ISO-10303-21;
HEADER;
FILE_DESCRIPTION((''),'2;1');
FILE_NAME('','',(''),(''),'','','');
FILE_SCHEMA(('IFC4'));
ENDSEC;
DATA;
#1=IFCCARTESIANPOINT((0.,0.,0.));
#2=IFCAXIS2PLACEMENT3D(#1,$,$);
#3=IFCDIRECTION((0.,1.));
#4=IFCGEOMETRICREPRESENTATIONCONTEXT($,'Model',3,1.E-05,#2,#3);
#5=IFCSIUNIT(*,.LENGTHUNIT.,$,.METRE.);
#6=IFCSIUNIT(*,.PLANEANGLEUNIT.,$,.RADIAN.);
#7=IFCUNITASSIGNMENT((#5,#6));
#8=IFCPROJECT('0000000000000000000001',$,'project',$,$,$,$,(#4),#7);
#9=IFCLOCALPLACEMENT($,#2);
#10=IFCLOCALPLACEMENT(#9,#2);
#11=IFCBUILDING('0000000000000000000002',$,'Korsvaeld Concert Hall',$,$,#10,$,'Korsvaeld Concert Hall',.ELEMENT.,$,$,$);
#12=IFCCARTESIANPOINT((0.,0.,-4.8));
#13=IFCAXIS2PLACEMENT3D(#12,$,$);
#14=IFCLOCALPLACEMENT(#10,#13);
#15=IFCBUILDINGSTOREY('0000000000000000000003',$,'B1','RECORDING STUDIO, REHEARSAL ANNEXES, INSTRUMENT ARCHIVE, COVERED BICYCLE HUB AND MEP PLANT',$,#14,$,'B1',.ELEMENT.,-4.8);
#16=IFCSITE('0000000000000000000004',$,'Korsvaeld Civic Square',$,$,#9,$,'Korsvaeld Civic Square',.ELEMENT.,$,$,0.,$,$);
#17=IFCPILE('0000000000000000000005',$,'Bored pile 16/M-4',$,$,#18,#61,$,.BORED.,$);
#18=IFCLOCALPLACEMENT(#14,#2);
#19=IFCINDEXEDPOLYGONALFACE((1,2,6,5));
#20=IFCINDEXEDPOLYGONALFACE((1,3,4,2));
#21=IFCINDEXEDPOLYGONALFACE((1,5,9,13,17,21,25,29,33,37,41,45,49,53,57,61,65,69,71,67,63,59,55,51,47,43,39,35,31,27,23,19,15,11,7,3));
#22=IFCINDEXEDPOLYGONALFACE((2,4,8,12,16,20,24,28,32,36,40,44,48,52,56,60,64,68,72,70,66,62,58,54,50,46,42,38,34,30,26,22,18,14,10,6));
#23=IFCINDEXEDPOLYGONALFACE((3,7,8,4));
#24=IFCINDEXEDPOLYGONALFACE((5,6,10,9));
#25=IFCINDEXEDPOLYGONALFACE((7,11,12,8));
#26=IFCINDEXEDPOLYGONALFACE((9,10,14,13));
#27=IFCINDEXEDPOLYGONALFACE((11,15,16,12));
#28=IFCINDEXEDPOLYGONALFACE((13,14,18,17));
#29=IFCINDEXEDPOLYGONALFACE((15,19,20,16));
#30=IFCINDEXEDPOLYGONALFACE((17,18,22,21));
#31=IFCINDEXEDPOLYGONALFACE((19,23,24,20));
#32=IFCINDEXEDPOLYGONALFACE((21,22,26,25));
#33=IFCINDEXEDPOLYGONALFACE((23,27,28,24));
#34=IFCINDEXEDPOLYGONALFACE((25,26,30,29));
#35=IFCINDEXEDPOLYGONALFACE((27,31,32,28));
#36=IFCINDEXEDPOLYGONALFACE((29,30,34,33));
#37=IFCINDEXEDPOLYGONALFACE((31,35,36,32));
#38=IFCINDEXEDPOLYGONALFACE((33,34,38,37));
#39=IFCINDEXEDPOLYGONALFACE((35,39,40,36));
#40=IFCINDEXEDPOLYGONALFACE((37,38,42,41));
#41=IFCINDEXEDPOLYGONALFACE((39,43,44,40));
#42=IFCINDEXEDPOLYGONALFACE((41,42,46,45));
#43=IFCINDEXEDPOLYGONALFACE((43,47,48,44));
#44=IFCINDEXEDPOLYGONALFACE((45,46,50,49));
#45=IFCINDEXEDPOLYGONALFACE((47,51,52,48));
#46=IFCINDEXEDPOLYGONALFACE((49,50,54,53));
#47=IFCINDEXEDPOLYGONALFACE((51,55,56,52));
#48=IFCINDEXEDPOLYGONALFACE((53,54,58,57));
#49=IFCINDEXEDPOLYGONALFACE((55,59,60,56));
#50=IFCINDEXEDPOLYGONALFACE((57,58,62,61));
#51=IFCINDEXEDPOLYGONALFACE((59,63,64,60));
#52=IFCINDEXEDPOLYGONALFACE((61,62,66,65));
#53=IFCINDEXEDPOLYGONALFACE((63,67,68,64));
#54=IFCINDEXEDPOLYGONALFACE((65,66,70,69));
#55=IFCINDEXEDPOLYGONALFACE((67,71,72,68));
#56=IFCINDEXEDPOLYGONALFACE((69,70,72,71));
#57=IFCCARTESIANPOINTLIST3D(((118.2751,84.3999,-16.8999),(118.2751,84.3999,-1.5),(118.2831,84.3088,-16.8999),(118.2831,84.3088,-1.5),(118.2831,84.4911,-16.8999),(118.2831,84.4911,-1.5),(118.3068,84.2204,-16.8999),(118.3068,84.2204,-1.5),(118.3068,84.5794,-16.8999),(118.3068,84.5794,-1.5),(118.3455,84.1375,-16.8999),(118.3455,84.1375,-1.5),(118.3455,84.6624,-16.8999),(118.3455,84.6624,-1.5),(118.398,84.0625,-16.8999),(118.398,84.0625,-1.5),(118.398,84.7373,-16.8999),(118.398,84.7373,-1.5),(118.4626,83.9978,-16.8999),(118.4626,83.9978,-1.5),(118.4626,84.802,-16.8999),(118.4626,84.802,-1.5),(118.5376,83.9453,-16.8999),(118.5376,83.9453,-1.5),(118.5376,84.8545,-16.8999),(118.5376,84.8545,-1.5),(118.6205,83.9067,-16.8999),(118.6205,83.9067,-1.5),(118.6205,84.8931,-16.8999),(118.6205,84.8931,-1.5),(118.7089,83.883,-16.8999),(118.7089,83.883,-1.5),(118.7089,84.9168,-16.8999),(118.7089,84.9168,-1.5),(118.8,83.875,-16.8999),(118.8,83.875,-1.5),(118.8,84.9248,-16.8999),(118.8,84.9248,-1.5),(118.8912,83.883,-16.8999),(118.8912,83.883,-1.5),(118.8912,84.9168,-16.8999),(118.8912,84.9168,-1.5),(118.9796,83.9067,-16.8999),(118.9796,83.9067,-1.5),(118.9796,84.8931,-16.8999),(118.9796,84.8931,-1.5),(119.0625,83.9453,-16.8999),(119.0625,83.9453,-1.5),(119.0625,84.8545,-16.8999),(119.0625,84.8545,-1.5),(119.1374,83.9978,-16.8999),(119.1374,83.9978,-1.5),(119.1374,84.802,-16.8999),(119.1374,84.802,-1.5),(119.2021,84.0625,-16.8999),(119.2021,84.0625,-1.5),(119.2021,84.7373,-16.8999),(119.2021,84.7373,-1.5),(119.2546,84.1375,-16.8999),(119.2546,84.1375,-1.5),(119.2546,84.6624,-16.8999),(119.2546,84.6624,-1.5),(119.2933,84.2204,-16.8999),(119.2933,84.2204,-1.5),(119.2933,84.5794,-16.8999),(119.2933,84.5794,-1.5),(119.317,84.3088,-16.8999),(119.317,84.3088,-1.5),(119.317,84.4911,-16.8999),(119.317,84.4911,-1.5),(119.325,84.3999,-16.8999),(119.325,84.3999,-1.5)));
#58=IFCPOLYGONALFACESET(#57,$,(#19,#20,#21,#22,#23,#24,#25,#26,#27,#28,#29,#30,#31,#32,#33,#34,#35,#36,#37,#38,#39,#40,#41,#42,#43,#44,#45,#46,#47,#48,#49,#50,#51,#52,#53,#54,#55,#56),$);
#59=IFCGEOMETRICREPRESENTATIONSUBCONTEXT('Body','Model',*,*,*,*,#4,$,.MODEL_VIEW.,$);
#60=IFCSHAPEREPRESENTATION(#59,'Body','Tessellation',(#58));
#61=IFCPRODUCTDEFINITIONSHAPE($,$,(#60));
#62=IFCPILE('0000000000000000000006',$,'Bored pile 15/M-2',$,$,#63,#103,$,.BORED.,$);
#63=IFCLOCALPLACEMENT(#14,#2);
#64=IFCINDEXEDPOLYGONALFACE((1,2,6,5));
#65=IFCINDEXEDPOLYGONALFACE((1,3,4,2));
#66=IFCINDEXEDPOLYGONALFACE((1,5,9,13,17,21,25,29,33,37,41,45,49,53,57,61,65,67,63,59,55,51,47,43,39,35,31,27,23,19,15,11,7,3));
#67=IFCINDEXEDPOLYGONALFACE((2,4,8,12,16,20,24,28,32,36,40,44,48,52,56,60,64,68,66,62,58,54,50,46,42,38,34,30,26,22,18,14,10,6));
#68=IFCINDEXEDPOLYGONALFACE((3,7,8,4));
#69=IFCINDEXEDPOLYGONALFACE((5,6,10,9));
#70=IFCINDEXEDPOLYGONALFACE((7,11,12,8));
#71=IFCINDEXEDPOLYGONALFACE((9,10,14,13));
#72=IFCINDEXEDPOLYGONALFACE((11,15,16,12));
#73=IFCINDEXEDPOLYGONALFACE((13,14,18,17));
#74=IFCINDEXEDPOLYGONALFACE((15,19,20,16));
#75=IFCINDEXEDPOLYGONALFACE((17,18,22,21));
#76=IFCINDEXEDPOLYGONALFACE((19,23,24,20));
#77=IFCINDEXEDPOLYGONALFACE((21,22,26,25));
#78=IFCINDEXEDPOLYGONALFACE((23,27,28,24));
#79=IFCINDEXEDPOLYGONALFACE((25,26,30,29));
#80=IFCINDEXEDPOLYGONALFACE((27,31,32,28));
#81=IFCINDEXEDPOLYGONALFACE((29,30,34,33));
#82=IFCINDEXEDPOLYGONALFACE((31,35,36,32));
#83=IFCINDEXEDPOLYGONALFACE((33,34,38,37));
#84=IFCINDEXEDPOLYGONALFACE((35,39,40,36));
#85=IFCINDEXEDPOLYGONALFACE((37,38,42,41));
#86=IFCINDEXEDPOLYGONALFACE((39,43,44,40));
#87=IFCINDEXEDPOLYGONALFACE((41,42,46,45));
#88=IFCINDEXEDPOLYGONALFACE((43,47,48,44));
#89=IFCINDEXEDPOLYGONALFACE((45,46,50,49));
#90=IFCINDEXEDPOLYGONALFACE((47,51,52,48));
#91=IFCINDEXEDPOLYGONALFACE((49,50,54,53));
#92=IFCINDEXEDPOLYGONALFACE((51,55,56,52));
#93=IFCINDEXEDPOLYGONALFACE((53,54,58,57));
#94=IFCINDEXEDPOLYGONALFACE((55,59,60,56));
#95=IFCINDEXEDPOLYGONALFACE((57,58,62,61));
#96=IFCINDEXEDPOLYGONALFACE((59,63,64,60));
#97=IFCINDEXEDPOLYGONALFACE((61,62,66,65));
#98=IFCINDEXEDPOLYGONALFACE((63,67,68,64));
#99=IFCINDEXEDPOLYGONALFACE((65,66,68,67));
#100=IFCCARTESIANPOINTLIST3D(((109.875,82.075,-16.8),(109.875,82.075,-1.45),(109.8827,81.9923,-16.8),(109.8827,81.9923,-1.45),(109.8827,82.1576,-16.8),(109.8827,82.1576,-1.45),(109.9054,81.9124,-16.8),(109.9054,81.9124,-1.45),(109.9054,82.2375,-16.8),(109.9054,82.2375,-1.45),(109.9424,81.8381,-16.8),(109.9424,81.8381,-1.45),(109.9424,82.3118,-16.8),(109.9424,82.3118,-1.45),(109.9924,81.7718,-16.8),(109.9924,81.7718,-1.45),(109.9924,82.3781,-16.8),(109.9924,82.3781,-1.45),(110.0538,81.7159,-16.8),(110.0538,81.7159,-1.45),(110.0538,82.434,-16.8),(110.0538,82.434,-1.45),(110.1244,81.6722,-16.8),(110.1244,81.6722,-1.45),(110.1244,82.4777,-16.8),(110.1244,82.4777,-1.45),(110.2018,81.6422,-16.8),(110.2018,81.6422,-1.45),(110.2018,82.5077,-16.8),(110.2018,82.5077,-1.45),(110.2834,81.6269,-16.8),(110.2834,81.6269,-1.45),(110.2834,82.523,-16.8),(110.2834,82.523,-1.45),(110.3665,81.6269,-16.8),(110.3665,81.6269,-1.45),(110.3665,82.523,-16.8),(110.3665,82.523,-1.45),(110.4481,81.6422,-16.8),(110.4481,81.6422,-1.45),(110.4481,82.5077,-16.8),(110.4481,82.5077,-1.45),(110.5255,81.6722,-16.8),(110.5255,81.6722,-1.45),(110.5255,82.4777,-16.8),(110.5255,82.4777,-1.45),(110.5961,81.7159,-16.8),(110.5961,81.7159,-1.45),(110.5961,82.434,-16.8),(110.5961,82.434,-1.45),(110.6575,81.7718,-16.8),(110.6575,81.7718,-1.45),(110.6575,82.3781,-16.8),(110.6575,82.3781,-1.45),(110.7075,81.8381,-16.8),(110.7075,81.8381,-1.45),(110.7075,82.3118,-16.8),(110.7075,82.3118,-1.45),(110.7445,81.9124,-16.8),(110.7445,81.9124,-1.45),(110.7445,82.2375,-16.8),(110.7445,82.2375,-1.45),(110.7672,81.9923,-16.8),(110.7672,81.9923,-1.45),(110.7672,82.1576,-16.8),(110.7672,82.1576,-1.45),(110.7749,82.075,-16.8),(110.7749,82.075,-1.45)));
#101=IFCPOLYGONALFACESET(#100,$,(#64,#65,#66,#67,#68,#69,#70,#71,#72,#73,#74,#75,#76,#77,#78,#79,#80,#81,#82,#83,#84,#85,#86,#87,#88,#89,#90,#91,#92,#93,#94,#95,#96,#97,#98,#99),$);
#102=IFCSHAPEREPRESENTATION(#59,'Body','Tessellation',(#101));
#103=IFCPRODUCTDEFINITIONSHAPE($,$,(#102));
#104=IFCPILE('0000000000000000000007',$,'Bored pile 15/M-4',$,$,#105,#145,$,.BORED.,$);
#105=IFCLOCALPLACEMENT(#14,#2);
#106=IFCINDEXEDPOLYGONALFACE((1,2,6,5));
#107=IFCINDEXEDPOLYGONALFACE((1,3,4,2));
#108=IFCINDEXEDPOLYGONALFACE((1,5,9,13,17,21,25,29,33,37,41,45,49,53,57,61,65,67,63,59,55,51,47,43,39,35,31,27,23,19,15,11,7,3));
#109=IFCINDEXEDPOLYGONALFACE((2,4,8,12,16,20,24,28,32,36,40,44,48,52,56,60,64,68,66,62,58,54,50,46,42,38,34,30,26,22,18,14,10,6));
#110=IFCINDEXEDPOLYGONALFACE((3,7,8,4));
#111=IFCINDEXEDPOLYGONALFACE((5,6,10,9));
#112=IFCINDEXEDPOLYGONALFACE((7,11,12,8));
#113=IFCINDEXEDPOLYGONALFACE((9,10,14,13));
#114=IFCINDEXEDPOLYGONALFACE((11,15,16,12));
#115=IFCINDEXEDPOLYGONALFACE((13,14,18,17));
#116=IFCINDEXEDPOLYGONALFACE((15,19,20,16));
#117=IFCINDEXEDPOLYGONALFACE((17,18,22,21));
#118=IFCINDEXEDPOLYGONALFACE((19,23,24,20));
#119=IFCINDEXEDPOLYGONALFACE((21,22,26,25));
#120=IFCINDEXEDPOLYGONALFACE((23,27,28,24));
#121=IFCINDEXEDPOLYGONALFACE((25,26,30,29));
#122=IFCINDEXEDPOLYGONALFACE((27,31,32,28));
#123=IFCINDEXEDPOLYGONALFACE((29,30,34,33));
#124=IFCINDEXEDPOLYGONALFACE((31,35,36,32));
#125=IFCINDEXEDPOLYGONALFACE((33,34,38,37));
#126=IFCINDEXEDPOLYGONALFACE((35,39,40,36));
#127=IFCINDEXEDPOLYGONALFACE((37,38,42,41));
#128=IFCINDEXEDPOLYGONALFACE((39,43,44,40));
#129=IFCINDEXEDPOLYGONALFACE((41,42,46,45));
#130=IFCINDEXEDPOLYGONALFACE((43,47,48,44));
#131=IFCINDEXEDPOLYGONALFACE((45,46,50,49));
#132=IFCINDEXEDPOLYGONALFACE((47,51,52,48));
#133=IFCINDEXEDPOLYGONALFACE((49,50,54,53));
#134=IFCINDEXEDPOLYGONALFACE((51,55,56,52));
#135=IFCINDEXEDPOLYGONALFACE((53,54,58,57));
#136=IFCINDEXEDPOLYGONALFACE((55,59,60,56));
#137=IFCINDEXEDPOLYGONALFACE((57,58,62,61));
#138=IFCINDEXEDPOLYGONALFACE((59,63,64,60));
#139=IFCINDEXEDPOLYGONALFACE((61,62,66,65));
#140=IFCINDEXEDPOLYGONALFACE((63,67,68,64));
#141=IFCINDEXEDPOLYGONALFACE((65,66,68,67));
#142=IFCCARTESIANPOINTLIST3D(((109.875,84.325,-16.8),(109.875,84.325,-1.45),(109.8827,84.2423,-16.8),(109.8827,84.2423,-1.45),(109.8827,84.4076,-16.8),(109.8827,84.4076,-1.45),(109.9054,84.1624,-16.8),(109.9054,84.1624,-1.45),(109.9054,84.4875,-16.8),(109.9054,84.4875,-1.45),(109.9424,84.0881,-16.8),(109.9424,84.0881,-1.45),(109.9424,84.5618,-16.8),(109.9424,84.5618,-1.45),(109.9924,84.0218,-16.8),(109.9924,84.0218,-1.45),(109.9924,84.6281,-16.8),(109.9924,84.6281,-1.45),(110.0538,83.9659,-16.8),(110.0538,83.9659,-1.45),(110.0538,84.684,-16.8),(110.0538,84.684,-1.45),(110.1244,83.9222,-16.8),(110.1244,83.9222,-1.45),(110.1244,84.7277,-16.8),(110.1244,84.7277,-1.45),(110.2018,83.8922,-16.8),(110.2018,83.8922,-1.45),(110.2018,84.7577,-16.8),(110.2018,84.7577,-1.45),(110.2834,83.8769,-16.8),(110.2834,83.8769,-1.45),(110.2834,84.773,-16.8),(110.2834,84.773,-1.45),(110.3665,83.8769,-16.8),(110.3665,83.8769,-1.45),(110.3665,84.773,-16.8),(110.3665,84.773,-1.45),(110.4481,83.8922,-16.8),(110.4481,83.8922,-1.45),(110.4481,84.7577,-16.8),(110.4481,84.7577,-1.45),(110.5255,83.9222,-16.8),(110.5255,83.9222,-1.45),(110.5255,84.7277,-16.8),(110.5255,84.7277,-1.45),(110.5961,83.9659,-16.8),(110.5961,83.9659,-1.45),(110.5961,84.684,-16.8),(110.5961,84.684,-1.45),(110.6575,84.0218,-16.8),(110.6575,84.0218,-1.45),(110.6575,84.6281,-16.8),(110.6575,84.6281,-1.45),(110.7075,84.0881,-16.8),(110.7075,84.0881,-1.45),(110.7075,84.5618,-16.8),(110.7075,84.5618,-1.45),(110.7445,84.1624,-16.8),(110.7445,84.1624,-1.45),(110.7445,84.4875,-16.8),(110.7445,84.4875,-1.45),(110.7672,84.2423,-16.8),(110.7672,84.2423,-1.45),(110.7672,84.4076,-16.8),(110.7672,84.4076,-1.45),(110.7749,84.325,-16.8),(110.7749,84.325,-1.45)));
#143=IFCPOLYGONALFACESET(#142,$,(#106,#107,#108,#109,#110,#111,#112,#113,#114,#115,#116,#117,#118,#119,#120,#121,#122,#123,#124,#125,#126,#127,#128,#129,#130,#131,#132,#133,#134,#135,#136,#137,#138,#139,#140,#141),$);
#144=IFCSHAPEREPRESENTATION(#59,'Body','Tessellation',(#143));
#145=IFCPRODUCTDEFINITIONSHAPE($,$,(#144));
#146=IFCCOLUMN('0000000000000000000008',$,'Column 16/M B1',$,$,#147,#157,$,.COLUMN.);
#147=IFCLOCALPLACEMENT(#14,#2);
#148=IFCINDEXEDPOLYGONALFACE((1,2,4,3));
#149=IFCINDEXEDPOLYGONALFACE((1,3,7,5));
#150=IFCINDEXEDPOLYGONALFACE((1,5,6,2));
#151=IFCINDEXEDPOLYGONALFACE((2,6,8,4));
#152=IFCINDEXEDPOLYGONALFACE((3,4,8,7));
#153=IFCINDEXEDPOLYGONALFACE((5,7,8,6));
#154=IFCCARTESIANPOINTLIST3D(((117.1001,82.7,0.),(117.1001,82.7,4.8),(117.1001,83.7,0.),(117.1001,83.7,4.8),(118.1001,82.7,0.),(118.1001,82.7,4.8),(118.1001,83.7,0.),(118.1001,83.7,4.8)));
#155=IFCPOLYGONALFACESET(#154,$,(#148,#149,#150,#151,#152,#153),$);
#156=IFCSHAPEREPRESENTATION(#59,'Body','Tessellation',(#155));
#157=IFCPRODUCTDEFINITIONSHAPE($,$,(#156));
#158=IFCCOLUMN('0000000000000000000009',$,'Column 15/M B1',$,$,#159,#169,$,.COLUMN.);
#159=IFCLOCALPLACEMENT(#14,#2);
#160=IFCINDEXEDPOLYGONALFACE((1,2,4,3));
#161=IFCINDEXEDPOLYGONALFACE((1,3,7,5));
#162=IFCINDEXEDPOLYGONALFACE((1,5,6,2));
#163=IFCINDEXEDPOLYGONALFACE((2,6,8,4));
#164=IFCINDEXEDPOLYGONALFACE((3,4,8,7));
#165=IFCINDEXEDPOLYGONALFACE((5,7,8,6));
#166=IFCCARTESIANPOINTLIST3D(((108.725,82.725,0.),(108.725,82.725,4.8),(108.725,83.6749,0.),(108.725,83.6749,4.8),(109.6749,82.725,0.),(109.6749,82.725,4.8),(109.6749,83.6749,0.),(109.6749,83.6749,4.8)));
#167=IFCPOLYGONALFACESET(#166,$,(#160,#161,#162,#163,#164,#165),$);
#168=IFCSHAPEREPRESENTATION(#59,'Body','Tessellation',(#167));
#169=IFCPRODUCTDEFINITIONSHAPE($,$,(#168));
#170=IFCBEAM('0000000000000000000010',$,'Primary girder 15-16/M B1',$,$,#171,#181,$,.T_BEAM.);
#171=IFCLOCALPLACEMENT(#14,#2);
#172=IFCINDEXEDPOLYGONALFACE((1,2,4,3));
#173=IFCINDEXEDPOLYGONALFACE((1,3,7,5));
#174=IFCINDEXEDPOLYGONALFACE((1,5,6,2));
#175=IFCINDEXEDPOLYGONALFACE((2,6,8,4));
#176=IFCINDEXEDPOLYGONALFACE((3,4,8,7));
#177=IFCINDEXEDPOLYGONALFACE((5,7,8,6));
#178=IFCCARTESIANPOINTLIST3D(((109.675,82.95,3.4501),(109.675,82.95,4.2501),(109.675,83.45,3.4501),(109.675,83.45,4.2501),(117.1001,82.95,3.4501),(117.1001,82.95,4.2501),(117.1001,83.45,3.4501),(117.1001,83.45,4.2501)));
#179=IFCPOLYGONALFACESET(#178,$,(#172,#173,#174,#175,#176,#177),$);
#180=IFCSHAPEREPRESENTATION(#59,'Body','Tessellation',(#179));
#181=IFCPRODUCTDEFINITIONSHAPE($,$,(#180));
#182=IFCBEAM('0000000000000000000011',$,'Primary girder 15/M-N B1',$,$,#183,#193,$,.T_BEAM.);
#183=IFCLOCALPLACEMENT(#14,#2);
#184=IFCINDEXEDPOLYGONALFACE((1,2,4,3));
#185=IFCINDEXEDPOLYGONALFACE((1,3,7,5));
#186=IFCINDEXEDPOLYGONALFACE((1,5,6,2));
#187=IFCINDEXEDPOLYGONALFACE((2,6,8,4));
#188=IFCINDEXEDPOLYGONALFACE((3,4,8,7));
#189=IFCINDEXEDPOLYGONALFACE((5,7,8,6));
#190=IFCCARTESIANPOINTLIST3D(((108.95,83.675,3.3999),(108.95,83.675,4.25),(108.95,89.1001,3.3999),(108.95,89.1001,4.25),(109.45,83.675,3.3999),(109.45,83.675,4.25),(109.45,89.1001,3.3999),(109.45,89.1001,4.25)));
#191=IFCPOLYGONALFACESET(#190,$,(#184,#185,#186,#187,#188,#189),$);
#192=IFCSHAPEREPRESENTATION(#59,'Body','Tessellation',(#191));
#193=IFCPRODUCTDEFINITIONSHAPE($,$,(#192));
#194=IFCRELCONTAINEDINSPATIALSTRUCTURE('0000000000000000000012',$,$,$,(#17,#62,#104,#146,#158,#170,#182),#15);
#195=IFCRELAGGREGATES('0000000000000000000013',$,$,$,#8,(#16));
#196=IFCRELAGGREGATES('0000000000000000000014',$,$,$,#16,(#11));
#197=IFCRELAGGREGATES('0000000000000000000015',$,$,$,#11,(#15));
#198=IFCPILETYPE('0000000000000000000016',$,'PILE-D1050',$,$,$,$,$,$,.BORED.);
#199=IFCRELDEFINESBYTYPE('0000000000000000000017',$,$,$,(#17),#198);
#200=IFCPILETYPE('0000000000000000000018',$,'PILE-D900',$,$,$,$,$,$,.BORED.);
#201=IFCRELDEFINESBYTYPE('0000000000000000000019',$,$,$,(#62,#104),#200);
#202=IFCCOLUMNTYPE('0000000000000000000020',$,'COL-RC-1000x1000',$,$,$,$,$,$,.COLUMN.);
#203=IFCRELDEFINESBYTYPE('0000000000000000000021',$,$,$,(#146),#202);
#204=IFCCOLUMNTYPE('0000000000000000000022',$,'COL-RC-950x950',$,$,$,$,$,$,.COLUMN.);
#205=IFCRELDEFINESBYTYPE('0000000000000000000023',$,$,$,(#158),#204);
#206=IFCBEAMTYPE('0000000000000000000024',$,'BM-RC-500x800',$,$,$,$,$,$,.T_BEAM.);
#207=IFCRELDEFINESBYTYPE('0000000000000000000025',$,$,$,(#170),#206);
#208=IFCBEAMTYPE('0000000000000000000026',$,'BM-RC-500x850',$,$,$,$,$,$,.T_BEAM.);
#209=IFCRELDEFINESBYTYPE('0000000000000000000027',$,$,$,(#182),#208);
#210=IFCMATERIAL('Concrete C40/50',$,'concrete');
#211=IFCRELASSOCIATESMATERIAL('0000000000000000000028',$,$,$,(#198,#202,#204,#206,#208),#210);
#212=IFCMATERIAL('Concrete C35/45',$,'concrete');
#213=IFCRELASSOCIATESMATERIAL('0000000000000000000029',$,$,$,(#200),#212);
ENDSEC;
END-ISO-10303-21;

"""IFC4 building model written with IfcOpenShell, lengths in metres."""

from ifc_helpers import new_model, si_unit, direction, frame, origin, origin_2d, place, context, subcontext, project, spatial, rectangle, circle, extrude, material, material_profile, profile_set, type_object, element, save


model = new_model("IFC4")

# Units and contexts
model_context = context("Model", 3, precision=1e-05, world=origin(), true_north=direction((0.0, 1.0)))
body_context = subcontext(model_context, "Body", "Model", "MODEL_VIEW")
ifc_project = project(units=[si_unit("LENGTHUNIT", "METRE"), si_unit("PLANEANGLEUNIT", "RADIAN")], contexts=[model_context])

# Site, building, storey
site_placement = place(None, origin())
site = spatial("IfcSite", under=ifc_project, at=site_placement, Name="Korsvaeld Civic Square", LongName="Korsvaeld Civic Square", CompositionType="ELEMENT", RefElevation=0.0)
building_placement = place(site_placement, origin())
building = spatial("IfcBuilding", under=site, at=building_placement, Name="Korsvaeld Concert Hall", LongName="Korsvaeld Concert Hall", CompositionType="ELEMENT")
storey_placement = place(building_placement, frame((0.0, 0.0, -4.8)))
storey = spatial("IfcBuildingStorey", under=building, at=storey_placement, Name="B1", Description="RECORDING STUDIO, REHEARSAL ANNEXES, INSTRUMENT ARCHIVE, COVERED BICYCLE HUB AND MEP PLANT", LongName="B1", CompositionType="ELEMENT", Elevation=-4.8)

# Shared definitions
ifc_material_1 = material(Name="Concrete C35/45", Category="concrete")

# Piles
ifc_material_2 = material(Name="Concrete C40/50", Category="concrete")
ifc_material_profile_1 = material_profile(ifc_material_2, circle(Radius=0.5249, at=origin_2d()), Name="BORED PILE D1050")
ifc_profile_set_1 = profile_set([ifc_material_profile_1], Name="Concrete C40/50")
pile_type_1 = type_object("IfcPileType", Name="PILE-D1050", PredefinedType="BORED", material=ifc_profile_set_1)
for number, where, z_axis, x_axis, name in (
    (1, (118.8, 84.3999, -1.5), (0.0, 0.0, -1.0), (1.0, 0.0, 0.0), "Bored pile 16/M-4"),
):
    element("IfcPile", number, at=place(storey_placement, frame(where, z_axis=z_axis, x_axis=x_axis)), inside=storey, type_object=pile_type_1, Name=name, PredefinedType="BORED", context=body_context, shape_type="SweptSolid", body=[
        extrude(circle(Radius=0.5249, at=origin_2d()), origin(), (0.0, 0.0, 1.0), 15.3999),
    ])
ifc_material_profile_2 = material_profile(ifc_material_1, circle(Radius=0.45, at=origin_2d()), Name="BORED PILE D900")
ifc_profile_set_2 = profile_set([ifc_material_profile_2], Name="Concrete C35/45")
pile_type_2 = type_object("IfcPileType", Name="PILE-D900", PredefinedType="BORED", material=ifc_profile_set_2)
for number, where, z_axis, x_axis, name in (
    (2, (110.325, 82.075, -1.45), (0.0, 0.0, -1.0), (1.0, 0.0, 0.0), "Bored pile 15/M-2"),
    (3, (110.325, 84.325, -1.45), (0.0, 0.0, -1.0), (1.0, 0.0, 0.0), "Bored pile 15/M-4"),
):
    element("IfcPile", number, at=place(storey_placement, frame(where, z_axis=z_axis, x_axis=x_axis)), inside=storey, type_object=pile_type_2, Name=name, PredefinedType="BORED", context=body_context, shape_type="SweptSolid", body=[
        extrude(circle(Radius=0.45, at=origin_2d()), origin(), (0.0, 0.0, 1.0), 15.3501),
    ])

# Columns
ifc_material_profile_3 = material_profile(ifc_material_2, rectangle(XDim=1.0, YDim=1.0, at=origin_2d()), Name="RC 1000x1000")
ifc_profile_set_3 = profile_set([ifc_material_profile_3], Name="Concrete C40/50")
column_type_1 = type_object("IfcColumnType", Name="COL-RC-1000x1000", PredefinedType="COLUMN", material=ifc_profile_set_3)
column_1_placement = place(storey_placement, frame((117.6001, 83.2, 0.0), z_axis=(0.0, 0.0, 1.0), x_axis=(1.0, 0.0, 0.0)))
element("IfcColumn", 4, at=column_1_placement, inside=storey, type_object=column_type_1, Name="Column 16/M B1", PredefinedType="COLUMN", context=body_context, shape_type="SweptSolid", body=[
    extrude(rectangle(XDim=1.0, YDim=1.0, at=origin_2d()), origin(), (0.0, 0.0, 1.0), 4.8),
])
ifc_material_profile_4 = material_profile(ifc_material_2, rectangle(XDim=0.95, YDim=0.95, at=origin_2d()), Name="RC 950x950")
ifc_profile_set_4 = profile_set([ifc_material_profile_4], Name="Concrete C40/50")
column_type_2 = type_object("IfcColumnType", Name="COL-RC-950x950", PredefinedType="COLUMN", material=ifc_profile_set_4)
column_2_placement = place(storey_placement, frame((109.2, 83.2, 0.0), z_axis=(0.0, 0.0, 1.0), x_axis=(1.0, 0.0, 0.0)))
element("IfcColumn", 5, at=column_2_placement, inside=storey, type_object=column_type_2, Name="Column 15/M B1", PredefinedType="COLUMN", context=body_context, shape_type="SweptSolid", body=[
    extrude(rectangle(XDim=0.95, YDim=0.95, at=origin_2d()), origin(), (0.0, 0.0, 1.0), 4.8),
])

# Beams
ifc_material_profile_5 = material_profile(ifc_material_2, rectangle(XDim=0.5, YDim=0.8, at=origin_2d()), Name="RC 500x800")
ifc_profile_set_5 = profile_set([ifc_material_profile_5], Name="Concrete C40/50")
beam_type_1 = type_object("IfcBeamType", Name="BM-RC-500x800", PredefinedType="T_BEAM", material=ifc_profile_set_5)
beam_1_placement = place(storey_placement, frame((109.675, 83.2, 3.8501), z_axis=(1.0, 0.0, 0.0), x_axis=(0.0, 1.0, 0.0)))
element("IfcBeam", 6, at=beam_1_placement, inside=storey, type_object=beam_type_1, Name="Primary girder 15-16/M B1", PredefinedType="T_BEAM", context=body_context, shape_type="SweptSolid", body=[
    extrude(rectangle(XDim=0.5, YDim=0.8, at=origin_2d()), origin(), (0.0, 0.0, 1.0), 7.425),
])
ifc_material_profile_6 = material_profile(ifc_material_2, rectangle(XDim=0.5, YDim=0.8501, at=origin_2d()), Name="RC 500x850")
ifc_profile_set_6 = profile_set([ifc_material_profile_6], Name="Concrete C40/50")
beam_type_2 = type_object("IfcBeamType", Name="BM-RC-500x850", PredefinedType="T_BEAM", material=ifc_profile_set_6)
beam_2_placement = place(storey_placement, frame((109.2, 83.675, 3.825), z_axis=(0.0, 1.0, 0.0), x_axis=(-1.0, 0.0, 0.0)))
element("IfcBeam", 7, at=beam_2_placement, inside=storey, type_object=beam_type_2, Name="Primary girder 15/M-N B1", PredefinedType="T_BEAM", context=body_context, shape_type="SweptSolid", body=[
    extrude(rectangle(XDim=0.5, YDim=0.8501, at=origin_2d()), origin(), (0.0, 0.0, 1.0), 5.425),
])

save(model, "model.ifc")
